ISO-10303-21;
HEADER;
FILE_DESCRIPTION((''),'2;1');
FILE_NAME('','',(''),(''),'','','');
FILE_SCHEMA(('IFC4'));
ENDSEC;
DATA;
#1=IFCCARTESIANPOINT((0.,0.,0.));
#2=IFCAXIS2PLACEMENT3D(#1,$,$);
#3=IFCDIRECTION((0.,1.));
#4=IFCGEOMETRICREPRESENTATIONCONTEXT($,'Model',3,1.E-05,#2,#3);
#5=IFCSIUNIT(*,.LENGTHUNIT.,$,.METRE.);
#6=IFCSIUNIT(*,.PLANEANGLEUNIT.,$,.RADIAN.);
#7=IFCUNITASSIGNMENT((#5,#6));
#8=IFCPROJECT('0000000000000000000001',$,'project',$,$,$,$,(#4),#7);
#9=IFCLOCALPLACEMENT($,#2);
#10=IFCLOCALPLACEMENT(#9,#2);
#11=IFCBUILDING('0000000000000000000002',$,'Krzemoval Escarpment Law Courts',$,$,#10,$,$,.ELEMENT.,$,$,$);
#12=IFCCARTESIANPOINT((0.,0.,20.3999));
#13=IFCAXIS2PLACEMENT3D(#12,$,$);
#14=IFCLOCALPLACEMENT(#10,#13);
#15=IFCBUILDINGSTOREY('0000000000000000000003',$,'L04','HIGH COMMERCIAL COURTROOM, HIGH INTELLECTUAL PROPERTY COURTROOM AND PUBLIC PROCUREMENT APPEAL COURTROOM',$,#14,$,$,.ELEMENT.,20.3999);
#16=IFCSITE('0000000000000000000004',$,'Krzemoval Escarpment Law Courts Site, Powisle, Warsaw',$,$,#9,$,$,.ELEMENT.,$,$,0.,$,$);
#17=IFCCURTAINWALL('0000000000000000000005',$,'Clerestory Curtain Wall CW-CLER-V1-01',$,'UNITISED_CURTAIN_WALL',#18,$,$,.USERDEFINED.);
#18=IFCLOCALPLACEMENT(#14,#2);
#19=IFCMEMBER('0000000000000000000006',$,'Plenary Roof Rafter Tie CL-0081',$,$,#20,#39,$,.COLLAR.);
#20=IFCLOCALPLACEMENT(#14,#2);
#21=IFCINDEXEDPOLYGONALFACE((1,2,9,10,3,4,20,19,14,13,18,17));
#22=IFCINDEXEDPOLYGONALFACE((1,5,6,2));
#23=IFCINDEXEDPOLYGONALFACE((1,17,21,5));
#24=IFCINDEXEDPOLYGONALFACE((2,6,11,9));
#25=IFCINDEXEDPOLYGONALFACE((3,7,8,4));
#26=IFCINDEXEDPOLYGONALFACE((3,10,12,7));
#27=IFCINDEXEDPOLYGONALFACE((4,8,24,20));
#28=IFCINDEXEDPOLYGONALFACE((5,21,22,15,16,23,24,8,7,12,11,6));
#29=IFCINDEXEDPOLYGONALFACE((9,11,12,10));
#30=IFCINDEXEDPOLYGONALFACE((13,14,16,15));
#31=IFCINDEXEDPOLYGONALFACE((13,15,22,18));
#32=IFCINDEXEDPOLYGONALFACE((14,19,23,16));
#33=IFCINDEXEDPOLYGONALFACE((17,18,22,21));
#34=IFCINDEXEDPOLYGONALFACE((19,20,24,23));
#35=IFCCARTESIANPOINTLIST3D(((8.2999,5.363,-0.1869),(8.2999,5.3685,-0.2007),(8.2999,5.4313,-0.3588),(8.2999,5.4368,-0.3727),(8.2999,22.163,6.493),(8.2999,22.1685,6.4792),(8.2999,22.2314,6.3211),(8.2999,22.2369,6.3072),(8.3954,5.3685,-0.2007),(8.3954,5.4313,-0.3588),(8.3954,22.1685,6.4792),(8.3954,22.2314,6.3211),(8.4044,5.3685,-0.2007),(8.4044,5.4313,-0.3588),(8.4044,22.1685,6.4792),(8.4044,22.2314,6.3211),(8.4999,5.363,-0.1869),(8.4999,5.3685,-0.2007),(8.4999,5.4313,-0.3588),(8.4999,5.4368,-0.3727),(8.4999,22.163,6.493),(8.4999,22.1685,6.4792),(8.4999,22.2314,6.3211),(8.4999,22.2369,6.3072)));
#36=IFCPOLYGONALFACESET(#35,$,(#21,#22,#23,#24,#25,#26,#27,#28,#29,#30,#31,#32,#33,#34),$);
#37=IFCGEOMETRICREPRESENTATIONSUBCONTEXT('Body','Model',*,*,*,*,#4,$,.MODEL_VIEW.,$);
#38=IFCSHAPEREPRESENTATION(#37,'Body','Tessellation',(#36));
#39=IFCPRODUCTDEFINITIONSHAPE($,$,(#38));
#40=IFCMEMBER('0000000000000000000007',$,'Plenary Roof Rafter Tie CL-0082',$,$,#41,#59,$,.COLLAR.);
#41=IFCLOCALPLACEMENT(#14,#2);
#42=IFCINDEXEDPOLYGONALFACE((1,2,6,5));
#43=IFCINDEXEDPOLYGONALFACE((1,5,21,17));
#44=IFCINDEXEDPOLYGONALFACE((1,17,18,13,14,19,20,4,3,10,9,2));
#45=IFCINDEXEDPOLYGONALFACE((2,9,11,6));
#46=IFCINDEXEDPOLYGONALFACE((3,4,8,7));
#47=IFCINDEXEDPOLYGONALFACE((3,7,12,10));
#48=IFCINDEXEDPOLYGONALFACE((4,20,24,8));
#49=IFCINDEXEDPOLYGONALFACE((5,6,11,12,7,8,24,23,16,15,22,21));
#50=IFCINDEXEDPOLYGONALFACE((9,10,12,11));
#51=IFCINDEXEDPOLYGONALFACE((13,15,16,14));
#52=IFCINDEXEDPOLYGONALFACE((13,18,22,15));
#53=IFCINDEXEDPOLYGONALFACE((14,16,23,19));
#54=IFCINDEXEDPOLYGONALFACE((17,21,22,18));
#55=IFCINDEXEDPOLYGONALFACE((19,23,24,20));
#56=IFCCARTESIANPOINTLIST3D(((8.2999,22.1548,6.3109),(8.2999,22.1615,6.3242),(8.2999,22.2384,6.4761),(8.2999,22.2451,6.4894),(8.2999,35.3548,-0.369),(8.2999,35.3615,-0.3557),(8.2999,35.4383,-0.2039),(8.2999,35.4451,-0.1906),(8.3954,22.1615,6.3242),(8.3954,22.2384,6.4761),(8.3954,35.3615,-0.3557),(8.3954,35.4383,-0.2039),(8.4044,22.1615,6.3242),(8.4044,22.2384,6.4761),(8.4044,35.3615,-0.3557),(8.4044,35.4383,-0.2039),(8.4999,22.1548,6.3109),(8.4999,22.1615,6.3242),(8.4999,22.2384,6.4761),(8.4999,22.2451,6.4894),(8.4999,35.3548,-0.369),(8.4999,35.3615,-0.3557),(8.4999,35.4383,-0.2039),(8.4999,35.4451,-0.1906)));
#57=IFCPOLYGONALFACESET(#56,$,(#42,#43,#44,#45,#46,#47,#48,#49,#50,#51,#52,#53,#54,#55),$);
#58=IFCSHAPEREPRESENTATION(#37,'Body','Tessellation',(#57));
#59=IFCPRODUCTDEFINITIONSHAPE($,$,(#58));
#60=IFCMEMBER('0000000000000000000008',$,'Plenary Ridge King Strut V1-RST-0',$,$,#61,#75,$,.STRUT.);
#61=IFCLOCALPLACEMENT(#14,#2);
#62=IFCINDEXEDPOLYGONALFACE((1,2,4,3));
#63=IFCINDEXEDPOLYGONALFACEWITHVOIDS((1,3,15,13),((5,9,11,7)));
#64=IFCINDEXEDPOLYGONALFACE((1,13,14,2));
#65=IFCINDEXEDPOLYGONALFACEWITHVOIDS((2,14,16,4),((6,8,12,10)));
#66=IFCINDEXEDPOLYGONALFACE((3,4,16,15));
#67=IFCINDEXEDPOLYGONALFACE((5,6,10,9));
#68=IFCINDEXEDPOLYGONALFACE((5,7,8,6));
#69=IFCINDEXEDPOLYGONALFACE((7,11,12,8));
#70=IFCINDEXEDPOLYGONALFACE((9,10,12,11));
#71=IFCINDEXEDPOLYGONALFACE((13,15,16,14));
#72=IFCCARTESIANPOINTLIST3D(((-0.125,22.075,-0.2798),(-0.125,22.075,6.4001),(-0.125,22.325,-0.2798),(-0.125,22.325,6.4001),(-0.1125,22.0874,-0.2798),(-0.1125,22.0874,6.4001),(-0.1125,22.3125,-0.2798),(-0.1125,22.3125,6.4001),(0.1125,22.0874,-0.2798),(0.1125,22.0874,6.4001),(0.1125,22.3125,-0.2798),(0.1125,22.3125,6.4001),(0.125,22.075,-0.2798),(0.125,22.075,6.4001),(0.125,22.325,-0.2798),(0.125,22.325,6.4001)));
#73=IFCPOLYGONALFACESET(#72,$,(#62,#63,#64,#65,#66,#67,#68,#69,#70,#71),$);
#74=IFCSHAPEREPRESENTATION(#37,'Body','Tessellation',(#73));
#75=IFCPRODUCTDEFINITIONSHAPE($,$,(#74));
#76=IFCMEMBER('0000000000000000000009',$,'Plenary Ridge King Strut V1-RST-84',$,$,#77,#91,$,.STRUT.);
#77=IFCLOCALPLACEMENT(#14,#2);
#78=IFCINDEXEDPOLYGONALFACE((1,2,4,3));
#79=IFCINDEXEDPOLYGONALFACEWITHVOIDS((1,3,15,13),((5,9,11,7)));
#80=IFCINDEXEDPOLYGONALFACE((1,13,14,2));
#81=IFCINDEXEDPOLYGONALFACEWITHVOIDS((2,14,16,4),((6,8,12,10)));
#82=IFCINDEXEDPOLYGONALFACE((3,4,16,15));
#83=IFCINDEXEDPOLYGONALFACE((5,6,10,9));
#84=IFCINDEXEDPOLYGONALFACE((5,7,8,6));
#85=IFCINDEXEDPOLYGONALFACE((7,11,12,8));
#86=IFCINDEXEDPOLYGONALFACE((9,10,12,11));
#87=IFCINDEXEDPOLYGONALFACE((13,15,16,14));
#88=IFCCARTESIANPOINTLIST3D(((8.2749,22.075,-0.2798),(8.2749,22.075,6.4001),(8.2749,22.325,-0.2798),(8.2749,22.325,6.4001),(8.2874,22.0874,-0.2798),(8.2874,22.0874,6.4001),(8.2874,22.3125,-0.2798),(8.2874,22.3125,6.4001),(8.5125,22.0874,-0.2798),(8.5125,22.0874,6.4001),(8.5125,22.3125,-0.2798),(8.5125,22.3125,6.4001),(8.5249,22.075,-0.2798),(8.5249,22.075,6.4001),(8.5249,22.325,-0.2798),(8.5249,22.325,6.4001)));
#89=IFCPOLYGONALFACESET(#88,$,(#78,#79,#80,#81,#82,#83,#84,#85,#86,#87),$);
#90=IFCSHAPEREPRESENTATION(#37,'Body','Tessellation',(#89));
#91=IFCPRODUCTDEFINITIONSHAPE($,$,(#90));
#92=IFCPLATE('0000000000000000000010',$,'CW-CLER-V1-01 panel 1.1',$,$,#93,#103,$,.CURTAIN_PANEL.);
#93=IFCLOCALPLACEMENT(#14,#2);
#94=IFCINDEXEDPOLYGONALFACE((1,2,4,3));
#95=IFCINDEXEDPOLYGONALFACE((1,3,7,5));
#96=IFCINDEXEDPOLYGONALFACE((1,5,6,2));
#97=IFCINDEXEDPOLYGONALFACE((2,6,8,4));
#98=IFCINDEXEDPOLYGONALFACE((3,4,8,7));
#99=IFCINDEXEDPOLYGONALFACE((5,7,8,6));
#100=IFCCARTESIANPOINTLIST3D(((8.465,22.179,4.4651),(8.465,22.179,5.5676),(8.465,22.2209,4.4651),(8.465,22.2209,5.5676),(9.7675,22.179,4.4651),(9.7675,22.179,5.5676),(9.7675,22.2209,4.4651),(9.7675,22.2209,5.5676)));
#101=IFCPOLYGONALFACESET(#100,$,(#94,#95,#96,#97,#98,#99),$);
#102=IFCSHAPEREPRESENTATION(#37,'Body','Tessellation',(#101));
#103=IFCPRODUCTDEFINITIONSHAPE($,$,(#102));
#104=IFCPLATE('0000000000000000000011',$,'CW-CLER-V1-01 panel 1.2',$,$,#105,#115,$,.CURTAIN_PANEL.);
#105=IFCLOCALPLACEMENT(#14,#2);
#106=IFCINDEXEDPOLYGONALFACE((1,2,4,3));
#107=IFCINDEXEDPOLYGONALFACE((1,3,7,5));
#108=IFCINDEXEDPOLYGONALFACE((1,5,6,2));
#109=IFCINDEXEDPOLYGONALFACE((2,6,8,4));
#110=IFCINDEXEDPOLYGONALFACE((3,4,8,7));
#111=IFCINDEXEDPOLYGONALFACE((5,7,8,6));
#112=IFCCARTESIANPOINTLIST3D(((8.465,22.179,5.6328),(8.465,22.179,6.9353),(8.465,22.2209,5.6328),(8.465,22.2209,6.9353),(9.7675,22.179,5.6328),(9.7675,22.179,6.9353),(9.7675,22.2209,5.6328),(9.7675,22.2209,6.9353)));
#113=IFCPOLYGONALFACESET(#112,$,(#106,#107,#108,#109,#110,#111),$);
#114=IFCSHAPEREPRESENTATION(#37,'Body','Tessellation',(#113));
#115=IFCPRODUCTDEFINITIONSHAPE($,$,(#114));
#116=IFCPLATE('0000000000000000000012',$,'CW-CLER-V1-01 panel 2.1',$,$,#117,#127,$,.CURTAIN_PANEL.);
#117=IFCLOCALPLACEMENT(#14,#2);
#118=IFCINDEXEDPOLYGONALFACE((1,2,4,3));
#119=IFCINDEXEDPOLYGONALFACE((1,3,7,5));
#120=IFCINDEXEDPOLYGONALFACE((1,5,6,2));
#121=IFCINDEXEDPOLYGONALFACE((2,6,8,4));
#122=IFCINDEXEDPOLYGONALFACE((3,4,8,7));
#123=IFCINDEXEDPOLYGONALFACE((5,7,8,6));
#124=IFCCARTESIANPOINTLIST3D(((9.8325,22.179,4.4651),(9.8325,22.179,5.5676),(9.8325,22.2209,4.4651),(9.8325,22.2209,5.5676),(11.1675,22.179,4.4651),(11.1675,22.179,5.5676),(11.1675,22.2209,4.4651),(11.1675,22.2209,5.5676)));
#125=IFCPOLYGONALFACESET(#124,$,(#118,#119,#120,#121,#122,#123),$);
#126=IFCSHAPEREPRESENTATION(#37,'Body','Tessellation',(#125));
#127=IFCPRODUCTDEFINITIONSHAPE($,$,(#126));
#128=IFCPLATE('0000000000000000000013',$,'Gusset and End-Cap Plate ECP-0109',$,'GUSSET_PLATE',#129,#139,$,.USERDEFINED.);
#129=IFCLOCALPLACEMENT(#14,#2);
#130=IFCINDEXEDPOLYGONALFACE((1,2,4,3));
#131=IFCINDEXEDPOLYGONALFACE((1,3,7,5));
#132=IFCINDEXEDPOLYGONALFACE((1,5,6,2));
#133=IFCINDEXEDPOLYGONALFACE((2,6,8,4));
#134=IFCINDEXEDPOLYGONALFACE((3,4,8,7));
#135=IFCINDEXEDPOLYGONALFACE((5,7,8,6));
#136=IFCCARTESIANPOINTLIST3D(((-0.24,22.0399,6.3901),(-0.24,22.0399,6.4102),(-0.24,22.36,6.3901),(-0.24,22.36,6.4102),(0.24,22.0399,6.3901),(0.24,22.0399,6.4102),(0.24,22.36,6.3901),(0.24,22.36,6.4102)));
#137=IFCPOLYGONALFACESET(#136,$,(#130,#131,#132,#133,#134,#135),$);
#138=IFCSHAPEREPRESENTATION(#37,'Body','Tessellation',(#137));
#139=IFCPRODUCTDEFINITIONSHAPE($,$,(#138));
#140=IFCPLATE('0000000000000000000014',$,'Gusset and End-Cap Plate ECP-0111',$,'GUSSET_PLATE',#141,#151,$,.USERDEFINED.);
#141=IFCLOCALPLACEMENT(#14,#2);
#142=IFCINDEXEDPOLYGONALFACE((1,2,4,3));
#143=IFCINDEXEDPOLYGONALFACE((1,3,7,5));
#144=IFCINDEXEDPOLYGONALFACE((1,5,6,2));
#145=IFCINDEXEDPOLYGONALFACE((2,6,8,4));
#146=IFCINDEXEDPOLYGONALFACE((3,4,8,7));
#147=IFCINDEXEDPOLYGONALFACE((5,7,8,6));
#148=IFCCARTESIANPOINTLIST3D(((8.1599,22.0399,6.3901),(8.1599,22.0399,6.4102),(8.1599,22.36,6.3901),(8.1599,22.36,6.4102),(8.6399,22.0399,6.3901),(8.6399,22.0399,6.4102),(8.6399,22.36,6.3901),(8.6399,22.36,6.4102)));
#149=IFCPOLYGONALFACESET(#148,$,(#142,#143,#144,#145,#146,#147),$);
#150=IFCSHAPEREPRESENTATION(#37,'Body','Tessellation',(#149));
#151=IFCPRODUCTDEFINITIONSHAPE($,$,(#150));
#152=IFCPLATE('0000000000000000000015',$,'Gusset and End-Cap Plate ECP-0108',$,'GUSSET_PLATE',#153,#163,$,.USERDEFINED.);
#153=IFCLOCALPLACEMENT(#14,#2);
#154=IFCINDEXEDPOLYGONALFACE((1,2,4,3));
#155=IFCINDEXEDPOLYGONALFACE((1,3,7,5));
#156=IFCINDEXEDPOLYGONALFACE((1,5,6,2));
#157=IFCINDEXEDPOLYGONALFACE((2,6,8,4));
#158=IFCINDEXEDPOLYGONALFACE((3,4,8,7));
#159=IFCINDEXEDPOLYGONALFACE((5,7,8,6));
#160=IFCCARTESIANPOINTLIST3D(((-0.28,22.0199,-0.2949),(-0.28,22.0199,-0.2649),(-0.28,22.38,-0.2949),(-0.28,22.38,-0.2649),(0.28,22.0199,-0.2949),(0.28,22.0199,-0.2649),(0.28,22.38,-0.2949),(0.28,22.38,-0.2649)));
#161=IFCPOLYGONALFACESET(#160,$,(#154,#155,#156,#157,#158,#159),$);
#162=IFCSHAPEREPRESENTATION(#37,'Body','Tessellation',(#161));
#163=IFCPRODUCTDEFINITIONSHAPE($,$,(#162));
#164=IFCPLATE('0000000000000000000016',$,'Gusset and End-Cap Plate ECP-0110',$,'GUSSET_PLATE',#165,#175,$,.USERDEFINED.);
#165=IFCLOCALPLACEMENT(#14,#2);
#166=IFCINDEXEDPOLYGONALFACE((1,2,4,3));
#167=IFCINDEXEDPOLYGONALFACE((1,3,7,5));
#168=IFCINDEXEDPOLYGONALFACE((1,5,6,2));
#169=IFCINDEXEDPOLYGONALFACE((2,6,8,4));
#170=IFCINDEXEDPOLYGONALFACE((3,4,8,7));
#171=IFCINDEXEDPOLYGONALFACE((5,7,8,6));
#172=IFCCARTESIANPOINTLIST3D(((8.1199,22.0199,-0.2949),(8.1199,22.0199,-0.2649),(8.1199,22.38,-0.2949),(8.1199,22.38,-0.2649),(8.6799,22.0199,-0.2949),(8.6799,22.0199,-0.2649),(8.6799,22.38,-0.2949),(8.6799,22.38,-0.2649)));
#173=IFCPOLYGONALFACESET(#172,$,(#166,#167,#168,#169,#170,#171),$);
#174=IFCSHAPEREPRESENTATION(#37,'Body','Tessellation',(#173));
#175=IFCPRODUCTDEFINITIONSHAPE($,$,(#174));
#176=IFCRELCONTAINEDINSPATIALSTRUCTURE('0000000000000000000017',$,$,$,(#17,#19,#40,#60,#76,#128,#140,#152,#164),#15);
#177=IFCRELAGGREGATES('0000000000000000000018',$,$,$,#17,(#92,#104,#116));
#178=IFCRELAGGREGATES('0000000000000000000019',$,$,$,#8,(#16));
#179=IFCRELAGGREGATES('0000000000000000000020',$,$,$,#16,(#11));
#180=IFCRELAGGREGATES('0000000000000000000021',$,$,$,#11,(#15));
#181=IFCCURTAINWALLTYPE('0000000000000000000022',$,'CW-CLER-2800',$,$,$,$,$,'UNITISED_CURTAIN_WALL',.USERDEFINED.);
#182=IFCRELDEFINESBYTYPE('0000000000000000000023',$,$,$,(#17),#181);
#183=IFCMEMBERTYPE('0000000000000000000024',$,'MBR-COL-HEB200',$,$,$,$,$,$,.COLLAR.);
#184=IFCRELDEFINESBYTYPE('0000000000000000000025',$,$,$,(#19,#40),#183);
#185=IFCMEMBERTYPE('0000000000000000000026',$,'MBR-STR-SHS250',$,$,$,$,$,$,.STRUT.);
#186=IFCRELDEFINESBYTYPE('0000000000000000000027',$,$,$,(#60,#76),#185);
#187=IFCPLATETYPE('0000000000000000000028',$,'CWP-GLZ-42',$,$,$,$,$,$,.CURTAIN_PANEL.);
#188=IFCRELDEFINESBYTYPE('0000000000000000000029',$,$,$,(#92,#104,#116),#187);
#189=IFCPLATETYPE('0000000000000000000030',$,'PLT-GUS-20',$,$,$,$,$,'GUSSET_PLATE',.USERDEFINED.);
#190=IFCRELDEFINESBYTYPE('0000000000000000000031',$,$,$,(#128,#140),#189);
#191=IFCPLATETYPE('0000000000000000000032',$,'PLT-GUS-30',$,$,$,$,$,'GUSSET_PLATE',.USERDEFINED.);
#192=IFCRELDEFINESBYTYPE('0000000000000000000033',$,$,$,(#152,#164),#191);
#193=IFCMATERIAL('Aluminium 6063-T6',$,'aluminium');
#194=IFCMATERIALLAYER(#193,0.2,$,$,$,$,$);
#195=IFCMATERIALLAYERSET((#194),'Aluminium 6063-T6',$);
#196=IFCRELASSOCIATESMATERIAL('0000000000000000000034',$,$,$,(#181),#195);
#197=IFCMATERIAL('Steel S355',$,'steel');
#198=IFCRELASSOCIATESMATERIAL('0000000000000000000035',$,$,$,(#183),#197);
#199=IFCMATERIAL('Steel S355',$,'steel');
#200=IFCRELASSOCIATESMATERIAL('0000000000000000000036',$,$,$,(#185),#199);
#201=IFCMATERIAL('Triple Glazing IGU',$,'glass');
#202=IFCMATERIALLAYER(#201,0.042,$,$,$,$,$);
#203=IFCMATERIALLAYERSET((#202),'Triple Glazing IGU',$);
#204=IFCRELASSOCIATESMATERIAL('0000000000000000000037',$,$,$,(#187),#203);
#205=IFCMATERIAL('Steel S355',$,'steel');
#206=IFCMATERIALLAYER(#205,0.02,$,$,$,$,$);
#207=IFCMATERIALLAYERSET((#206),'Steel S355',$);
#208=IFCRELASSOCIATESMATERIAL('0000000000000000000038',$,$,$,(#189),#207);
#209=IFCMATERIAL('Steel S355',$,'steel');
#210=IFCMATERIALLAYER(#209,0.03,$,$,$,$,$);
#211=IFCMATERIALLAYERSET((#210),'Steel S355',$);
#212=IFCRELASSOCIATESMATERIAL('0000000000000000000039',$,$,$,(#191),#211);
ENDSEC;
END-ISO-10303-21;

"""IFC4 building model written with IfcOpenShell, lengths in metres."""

from ifc_helpers import new_model, si_unit, direction, frame, origin, origin_2d, place, context, subcontext, project, spatial, rectangle, hollow_rectangle, i_section, extrude, material, layer, layer_set, material_profile, profile_set, type_object, element, aggregate, save


model = new_model("IFC4")

# Units and contexts
model_context = context("Model", 3, precision=1e-05, world=origin(), true_north=direction((0.0, 1.0)))
body_context = subcontext(model_context, "Body", "Model", "MODEL_VIEW")
ifc_project = project(units=[si_unit("LENGTHUNIT", "METRE"), si_unit("PLANEANGLEUNIT", "RADIAN")], contexts=[model_context])

# Site, building, storey
site_placement = place(None, origin())
site = spatial("IfcSite", under=ifc_project, at=site_placement, Name="Krzemoval Escarpment Law Courts Site, Powisle, Warsaw", CompositionType="ELEMENT", RefElevation=0.0)
building_placement = place(site_placement, origin())
building = spatial("IfcBuilding", under=site, at=building_placement, Name="Krzemoval Escarpment Law Courts", CompositionType="ELEMENT")
storey_placement = place(building_placement, frame((0.0, 0.0, 20.3999)))
storey = spatial("IfcBuildingStorey", under=building, at=storey_placement, Name="L04", Description="HIGH COMMERCIAL COURTROOM, HIGH INTELLECTUAL PROPERTY COURTROOM AND PUBLIC PROCUREMENT APPEAL COURTROOM", CompositionType="ELEMENT", Elevation=20.3999)

# Curtain wall
ifc_material_1 = material(Name="Aluminium 6063-T6", Category="aluminium")
ifc_layer_1 = layer(ifc_material_1, 0.2)
ifc_layer_set_1 = layer_set([ifc_layer_1], Name="Aluminium 6063-T6")
curtain_wall_type = type_object("IfcCurtainWallType", Name="CW-CLER-2800", ElementType="UNITISED_CURTAIN_WALL", PredefinedType="USERDEFINED", material=ifc_layer_set_1)
curtain_wall_placement = place(storey_placement, origin())
curtain_wall = element("IfcCurtainWall", 1, at=curtain_wall_placement, inside=storey, type_object=curtain_wall_type, Name="Clerestory Curtain Wall CW-CLER-V1-01", ObjectType="UNITISED_CURTAIN_WALL", PredefinedType="USERDEFINED")

# Members
ifc_material_2 = material(Name="Steel S355", Category="steel")
ifc_material_profile_1 = material_profile(ifc_material_2, i_section(OverallWidth=0.2, OverallDepth=0.2, WebThickness=0.009, FlangeThickness=0.0149, at=origin_2d()), Name="HEB 200")
ifc_profile_set_1 = profile_set([ifc_material_profile_1], Name="Steel S355")
member_type_1 = type_object("IfcMemberType", Name="MBR-COL-HEB200", PredefinedType="COLLAR", material=ifc_profile_set_1)
member_1_placement = place(storey_placement, frame((8.3999, 5.3999, -0.2798), z_axis=(0.0, 0.929239, 0.369478), x_axis=(-1.0, 0.0, 0.0)))
element("IfcMember", 2, at=member_1_placement, inside=storey, type_object=member_type_1, Name="Plenary Roof Rafter Tie CL-0081", PredefinedType="COLLAR", context=body_context, shape_type="SweptSolid", body=[
    extrude(i_section(OverallWidth=0.2, OverallDepth=0.2, WebThickness=0.009, FlangeThickness=0.0149, at=origin_2d()), origin(), (0.0, 0.0, 1.0), 18.0793),
])
member_2_placement = place(storey_placement, frame((8.3999, 22.2, 6.4001), z_axis=(0.0, 0.892255, -0.451532), x_axis=(-1.0, 0.0, 0.0)))
element("IfcMember", 3, at=member_2_placement, inside=storey, type_object=member_type_1, Name="Plenary Roof Rafter Tie CL-0082", PredefinedType="COLLAR", context=body_context, shape_type="SweptSolid", body=[
    extrude(i_section(OverallWidth=0.2, OverallDepth=0.2, WebThickness=0.009, FlangeThickness=0.0149, at=origin_2d()), origin(), (0.0, 0.0, 1.0), 14.7939),
])
ifc_material_3 = material(Name="Steel S355", Category="steel")
ifc_material_profile_2 = material_profile(ifc_material_3, hollow_rectangle(XDim=0.25, YDim=0.25, WallThickness=0.0125, at=origin_2d()), Name="SHS 250x250x12.5")
ifc_profile_set_2 = profile_set([ifc_material_profile_2], Name="Steel S355")
member_type_2 = type_object("IfcMemberType", Name="MBR-STR-SHS250", PredefinedType="STRUT", material=ifc_profile_set_2)
for number, where, z_axis, x_axis, name in (
    (4, (0.0, 22.2, -0.2798), (0.0, 0.0, 1.0), (1.0, 0.0, 0.0), "Plenary Ridge King Strut V1-RST-0"),
    (5, (8.3999, 22.2, -0.2798), (0.0, 0.0, 1.0), (1.0, 0.0, 0.0), "Plenary Ridge King Strut V1-RST-84"),
):
    element("IfcMember", number, at=place(storey_placement, frame(where, z_axis=z_axis, x_axis=x_axis)), inside=storey, type_object=member_type_2, Name=name, PredefinedType="STRUT", context=body_context, shape_type="SweptSolid", body=[
        extrude(hollow_rectangle(XDim=0.25, YDim=0.25, WallThickness=0.0125, at=origin_2d()), origin(), (0.0, 0.0, 1.0), 6.6799),
    ])

# Plates
ifc_material_4 = material(Name="Triple Glazing IGU", Category="glass")
ifc_layer_2 = layer(ifc_material_4, 0.042)
ifc_layer_set_2 = layer_set([ifc_layer_2], Name="Triple Glazing IGU")
plate_type_1 = type_object("IfcPlateType", Name="CWP-GLZ-42", PredefinedType="CURTAIN_PANEL", material=ifc_layer_set_2)
plate_1_placement = place(storey_placement, frame((9.1162, 22.2, 4.4651), z_axis=(0.0, 0.0, 1.0), x_axis=(1.0, 0.0, 0.0)))
plate_1 = element("IfcPlate", 6, at=plate_1_placement, type_object=plate_type_1, Name="CW-CLER-V1-01 panel 1.1", PredefinedType="CURTAIN_PANEL", context=body_context, shape_type="SweptSolid", body=[
    extrude(rectangle(XDim=1.3025, YDim=0.042, at=origin_2d()), origin(), (0.0, 0.0, 1.0), 1.1025),
])
plate_2_placement = place(storey_placement, frame((9.1162, 22.2, 5.6328), z_axis=(0.0, 0.0, 1.0), x_axis=(1.0, 0.0, 0.0)))
plate_2 = element("IfcPlate", 7, at=plate_2_placement, type_object=plate_type_1, Name="CW-CLER-V1-01 panel 1.2", PredefinedType="CURTAIN_PANEL", context=body_context, shape_type="SweptSolid", body=[
    extrude(rectangle(XDim=1.3025, YDim=0.042, at=origin_2d()), origin(), (0.0, 0.0, 1.0), 1.3025),
])
plate_3_placement = place(storey_placement, frame((10.5, 22.2, 4.4651), z_axis=(0.0, 0.0, 1.0), x_axis=(1.0, 0.0, 0.0)))
plate_3 = element("IfcPlate", 8, at=plate_3_placement, type_object=plate_type_1, Name="CW-CLER-V1-01 panel 2.1", PredefinedType="CURTAIN_PANEL", context=body_context, shape_type="SweptSolid", body=[
    extrude(rectangle(XDim=1.335, YDim=0.042, at=origin_2d()), origin(), (0.0, 0.0, 1.0), 1.1025),
])
aggregate(curtain_wall, [plate_1, plate_2, plate_3])

# Plates
ifc_material_5 = material(Name="Steel S355", Category="steel")
ifc_layer_3 = layer(ifc_material_5, 0.02)
ifc_layer_set_3 = layer_set([ifc_layer_3], Name="Steel S355")
plate_type_2 = type_object("IfcPlateType", Name="PLT-GUS-20", ElementType="GUSSET_PLATE", PredefinedType="USERDEFINED", material=ifc_layer_set_3)
for number, where, z_axis, x_axis, name in (
    (9, (0.0, 22.2, 6.3901), (0.0, 0.0, 1.0), (1.0, 0.0, 0.0), "Gusset and End-Cap Plate ECP-0109"),
    (10, (8.3999, 22.2, 6.3901), (0.0, 0.0, 1.0), (1.0, 0.0, 0.0), "Gusset and End-Cap Plate ECP-0111"),
):
    element("IfcPlate", number, at=place(storey_placement, frame(where, z_axis=z_axis, x_axis=x_axis)), inside=storey, type_object=plate_type_2, Name=name, ObjectType="GUSSET_PLATE", PredefinedType="USERDEFINED", context=body_context, shape_type="SweptSolid", body=[
        extrude(rectangle(XDim=0.48, YDim=0.3201, at=origin_2d()), origin(), (0.0, 0.0, 1.0), 0.02),
    ])
ifc_material_6 = material(Name="Steel S355", Category="steel")
ifc_layer_4 = layer(ifc_material_6, 0.03)
ifc_layer_set_4 = layer_set([ifc_layer_4], Name="Steel S355")
plate_type_3 = type_object("IfcPlateType", Name="PLT-GUS-30", ElementType="GUSSET_PLATE", PredefinedType="USERDEFINED", material=ifc_layer_set_4)
for number, where, z_axis, x_axis, name in (
    (11, (0.0, 22.2, -0.2949), (0.0, 0.0, 1.0), (1.0, 0.0, 0.0), "Gusset and End-Cap Plate ECP-0108"),
    (12, (8.3999, 22.2, -0.2949), (0.0, 0.0, 1.0), (1.0, 0.0, 0.0), "Gusset and End-Cap Plate ECP-0110"),
):
    element("IfcPlate", number, at=place(storey_placement, frame(where, z_axis=z_axis, x_axis=x_axis)), inside=storey, type_object=plate_type_3, Name=name, ObjectType="GUSSET_PLATE", PredefinedType="USERDEFINED", context=body_context, shape_type="SweptSolid", body=[
        extrude(rectangle(XDim=0.5601, YDim=0.3601, at=origin_2d()), origin(), (0.0, 0.0, 1.0), 0.03),
    ])

save(model, "model.ifc")
